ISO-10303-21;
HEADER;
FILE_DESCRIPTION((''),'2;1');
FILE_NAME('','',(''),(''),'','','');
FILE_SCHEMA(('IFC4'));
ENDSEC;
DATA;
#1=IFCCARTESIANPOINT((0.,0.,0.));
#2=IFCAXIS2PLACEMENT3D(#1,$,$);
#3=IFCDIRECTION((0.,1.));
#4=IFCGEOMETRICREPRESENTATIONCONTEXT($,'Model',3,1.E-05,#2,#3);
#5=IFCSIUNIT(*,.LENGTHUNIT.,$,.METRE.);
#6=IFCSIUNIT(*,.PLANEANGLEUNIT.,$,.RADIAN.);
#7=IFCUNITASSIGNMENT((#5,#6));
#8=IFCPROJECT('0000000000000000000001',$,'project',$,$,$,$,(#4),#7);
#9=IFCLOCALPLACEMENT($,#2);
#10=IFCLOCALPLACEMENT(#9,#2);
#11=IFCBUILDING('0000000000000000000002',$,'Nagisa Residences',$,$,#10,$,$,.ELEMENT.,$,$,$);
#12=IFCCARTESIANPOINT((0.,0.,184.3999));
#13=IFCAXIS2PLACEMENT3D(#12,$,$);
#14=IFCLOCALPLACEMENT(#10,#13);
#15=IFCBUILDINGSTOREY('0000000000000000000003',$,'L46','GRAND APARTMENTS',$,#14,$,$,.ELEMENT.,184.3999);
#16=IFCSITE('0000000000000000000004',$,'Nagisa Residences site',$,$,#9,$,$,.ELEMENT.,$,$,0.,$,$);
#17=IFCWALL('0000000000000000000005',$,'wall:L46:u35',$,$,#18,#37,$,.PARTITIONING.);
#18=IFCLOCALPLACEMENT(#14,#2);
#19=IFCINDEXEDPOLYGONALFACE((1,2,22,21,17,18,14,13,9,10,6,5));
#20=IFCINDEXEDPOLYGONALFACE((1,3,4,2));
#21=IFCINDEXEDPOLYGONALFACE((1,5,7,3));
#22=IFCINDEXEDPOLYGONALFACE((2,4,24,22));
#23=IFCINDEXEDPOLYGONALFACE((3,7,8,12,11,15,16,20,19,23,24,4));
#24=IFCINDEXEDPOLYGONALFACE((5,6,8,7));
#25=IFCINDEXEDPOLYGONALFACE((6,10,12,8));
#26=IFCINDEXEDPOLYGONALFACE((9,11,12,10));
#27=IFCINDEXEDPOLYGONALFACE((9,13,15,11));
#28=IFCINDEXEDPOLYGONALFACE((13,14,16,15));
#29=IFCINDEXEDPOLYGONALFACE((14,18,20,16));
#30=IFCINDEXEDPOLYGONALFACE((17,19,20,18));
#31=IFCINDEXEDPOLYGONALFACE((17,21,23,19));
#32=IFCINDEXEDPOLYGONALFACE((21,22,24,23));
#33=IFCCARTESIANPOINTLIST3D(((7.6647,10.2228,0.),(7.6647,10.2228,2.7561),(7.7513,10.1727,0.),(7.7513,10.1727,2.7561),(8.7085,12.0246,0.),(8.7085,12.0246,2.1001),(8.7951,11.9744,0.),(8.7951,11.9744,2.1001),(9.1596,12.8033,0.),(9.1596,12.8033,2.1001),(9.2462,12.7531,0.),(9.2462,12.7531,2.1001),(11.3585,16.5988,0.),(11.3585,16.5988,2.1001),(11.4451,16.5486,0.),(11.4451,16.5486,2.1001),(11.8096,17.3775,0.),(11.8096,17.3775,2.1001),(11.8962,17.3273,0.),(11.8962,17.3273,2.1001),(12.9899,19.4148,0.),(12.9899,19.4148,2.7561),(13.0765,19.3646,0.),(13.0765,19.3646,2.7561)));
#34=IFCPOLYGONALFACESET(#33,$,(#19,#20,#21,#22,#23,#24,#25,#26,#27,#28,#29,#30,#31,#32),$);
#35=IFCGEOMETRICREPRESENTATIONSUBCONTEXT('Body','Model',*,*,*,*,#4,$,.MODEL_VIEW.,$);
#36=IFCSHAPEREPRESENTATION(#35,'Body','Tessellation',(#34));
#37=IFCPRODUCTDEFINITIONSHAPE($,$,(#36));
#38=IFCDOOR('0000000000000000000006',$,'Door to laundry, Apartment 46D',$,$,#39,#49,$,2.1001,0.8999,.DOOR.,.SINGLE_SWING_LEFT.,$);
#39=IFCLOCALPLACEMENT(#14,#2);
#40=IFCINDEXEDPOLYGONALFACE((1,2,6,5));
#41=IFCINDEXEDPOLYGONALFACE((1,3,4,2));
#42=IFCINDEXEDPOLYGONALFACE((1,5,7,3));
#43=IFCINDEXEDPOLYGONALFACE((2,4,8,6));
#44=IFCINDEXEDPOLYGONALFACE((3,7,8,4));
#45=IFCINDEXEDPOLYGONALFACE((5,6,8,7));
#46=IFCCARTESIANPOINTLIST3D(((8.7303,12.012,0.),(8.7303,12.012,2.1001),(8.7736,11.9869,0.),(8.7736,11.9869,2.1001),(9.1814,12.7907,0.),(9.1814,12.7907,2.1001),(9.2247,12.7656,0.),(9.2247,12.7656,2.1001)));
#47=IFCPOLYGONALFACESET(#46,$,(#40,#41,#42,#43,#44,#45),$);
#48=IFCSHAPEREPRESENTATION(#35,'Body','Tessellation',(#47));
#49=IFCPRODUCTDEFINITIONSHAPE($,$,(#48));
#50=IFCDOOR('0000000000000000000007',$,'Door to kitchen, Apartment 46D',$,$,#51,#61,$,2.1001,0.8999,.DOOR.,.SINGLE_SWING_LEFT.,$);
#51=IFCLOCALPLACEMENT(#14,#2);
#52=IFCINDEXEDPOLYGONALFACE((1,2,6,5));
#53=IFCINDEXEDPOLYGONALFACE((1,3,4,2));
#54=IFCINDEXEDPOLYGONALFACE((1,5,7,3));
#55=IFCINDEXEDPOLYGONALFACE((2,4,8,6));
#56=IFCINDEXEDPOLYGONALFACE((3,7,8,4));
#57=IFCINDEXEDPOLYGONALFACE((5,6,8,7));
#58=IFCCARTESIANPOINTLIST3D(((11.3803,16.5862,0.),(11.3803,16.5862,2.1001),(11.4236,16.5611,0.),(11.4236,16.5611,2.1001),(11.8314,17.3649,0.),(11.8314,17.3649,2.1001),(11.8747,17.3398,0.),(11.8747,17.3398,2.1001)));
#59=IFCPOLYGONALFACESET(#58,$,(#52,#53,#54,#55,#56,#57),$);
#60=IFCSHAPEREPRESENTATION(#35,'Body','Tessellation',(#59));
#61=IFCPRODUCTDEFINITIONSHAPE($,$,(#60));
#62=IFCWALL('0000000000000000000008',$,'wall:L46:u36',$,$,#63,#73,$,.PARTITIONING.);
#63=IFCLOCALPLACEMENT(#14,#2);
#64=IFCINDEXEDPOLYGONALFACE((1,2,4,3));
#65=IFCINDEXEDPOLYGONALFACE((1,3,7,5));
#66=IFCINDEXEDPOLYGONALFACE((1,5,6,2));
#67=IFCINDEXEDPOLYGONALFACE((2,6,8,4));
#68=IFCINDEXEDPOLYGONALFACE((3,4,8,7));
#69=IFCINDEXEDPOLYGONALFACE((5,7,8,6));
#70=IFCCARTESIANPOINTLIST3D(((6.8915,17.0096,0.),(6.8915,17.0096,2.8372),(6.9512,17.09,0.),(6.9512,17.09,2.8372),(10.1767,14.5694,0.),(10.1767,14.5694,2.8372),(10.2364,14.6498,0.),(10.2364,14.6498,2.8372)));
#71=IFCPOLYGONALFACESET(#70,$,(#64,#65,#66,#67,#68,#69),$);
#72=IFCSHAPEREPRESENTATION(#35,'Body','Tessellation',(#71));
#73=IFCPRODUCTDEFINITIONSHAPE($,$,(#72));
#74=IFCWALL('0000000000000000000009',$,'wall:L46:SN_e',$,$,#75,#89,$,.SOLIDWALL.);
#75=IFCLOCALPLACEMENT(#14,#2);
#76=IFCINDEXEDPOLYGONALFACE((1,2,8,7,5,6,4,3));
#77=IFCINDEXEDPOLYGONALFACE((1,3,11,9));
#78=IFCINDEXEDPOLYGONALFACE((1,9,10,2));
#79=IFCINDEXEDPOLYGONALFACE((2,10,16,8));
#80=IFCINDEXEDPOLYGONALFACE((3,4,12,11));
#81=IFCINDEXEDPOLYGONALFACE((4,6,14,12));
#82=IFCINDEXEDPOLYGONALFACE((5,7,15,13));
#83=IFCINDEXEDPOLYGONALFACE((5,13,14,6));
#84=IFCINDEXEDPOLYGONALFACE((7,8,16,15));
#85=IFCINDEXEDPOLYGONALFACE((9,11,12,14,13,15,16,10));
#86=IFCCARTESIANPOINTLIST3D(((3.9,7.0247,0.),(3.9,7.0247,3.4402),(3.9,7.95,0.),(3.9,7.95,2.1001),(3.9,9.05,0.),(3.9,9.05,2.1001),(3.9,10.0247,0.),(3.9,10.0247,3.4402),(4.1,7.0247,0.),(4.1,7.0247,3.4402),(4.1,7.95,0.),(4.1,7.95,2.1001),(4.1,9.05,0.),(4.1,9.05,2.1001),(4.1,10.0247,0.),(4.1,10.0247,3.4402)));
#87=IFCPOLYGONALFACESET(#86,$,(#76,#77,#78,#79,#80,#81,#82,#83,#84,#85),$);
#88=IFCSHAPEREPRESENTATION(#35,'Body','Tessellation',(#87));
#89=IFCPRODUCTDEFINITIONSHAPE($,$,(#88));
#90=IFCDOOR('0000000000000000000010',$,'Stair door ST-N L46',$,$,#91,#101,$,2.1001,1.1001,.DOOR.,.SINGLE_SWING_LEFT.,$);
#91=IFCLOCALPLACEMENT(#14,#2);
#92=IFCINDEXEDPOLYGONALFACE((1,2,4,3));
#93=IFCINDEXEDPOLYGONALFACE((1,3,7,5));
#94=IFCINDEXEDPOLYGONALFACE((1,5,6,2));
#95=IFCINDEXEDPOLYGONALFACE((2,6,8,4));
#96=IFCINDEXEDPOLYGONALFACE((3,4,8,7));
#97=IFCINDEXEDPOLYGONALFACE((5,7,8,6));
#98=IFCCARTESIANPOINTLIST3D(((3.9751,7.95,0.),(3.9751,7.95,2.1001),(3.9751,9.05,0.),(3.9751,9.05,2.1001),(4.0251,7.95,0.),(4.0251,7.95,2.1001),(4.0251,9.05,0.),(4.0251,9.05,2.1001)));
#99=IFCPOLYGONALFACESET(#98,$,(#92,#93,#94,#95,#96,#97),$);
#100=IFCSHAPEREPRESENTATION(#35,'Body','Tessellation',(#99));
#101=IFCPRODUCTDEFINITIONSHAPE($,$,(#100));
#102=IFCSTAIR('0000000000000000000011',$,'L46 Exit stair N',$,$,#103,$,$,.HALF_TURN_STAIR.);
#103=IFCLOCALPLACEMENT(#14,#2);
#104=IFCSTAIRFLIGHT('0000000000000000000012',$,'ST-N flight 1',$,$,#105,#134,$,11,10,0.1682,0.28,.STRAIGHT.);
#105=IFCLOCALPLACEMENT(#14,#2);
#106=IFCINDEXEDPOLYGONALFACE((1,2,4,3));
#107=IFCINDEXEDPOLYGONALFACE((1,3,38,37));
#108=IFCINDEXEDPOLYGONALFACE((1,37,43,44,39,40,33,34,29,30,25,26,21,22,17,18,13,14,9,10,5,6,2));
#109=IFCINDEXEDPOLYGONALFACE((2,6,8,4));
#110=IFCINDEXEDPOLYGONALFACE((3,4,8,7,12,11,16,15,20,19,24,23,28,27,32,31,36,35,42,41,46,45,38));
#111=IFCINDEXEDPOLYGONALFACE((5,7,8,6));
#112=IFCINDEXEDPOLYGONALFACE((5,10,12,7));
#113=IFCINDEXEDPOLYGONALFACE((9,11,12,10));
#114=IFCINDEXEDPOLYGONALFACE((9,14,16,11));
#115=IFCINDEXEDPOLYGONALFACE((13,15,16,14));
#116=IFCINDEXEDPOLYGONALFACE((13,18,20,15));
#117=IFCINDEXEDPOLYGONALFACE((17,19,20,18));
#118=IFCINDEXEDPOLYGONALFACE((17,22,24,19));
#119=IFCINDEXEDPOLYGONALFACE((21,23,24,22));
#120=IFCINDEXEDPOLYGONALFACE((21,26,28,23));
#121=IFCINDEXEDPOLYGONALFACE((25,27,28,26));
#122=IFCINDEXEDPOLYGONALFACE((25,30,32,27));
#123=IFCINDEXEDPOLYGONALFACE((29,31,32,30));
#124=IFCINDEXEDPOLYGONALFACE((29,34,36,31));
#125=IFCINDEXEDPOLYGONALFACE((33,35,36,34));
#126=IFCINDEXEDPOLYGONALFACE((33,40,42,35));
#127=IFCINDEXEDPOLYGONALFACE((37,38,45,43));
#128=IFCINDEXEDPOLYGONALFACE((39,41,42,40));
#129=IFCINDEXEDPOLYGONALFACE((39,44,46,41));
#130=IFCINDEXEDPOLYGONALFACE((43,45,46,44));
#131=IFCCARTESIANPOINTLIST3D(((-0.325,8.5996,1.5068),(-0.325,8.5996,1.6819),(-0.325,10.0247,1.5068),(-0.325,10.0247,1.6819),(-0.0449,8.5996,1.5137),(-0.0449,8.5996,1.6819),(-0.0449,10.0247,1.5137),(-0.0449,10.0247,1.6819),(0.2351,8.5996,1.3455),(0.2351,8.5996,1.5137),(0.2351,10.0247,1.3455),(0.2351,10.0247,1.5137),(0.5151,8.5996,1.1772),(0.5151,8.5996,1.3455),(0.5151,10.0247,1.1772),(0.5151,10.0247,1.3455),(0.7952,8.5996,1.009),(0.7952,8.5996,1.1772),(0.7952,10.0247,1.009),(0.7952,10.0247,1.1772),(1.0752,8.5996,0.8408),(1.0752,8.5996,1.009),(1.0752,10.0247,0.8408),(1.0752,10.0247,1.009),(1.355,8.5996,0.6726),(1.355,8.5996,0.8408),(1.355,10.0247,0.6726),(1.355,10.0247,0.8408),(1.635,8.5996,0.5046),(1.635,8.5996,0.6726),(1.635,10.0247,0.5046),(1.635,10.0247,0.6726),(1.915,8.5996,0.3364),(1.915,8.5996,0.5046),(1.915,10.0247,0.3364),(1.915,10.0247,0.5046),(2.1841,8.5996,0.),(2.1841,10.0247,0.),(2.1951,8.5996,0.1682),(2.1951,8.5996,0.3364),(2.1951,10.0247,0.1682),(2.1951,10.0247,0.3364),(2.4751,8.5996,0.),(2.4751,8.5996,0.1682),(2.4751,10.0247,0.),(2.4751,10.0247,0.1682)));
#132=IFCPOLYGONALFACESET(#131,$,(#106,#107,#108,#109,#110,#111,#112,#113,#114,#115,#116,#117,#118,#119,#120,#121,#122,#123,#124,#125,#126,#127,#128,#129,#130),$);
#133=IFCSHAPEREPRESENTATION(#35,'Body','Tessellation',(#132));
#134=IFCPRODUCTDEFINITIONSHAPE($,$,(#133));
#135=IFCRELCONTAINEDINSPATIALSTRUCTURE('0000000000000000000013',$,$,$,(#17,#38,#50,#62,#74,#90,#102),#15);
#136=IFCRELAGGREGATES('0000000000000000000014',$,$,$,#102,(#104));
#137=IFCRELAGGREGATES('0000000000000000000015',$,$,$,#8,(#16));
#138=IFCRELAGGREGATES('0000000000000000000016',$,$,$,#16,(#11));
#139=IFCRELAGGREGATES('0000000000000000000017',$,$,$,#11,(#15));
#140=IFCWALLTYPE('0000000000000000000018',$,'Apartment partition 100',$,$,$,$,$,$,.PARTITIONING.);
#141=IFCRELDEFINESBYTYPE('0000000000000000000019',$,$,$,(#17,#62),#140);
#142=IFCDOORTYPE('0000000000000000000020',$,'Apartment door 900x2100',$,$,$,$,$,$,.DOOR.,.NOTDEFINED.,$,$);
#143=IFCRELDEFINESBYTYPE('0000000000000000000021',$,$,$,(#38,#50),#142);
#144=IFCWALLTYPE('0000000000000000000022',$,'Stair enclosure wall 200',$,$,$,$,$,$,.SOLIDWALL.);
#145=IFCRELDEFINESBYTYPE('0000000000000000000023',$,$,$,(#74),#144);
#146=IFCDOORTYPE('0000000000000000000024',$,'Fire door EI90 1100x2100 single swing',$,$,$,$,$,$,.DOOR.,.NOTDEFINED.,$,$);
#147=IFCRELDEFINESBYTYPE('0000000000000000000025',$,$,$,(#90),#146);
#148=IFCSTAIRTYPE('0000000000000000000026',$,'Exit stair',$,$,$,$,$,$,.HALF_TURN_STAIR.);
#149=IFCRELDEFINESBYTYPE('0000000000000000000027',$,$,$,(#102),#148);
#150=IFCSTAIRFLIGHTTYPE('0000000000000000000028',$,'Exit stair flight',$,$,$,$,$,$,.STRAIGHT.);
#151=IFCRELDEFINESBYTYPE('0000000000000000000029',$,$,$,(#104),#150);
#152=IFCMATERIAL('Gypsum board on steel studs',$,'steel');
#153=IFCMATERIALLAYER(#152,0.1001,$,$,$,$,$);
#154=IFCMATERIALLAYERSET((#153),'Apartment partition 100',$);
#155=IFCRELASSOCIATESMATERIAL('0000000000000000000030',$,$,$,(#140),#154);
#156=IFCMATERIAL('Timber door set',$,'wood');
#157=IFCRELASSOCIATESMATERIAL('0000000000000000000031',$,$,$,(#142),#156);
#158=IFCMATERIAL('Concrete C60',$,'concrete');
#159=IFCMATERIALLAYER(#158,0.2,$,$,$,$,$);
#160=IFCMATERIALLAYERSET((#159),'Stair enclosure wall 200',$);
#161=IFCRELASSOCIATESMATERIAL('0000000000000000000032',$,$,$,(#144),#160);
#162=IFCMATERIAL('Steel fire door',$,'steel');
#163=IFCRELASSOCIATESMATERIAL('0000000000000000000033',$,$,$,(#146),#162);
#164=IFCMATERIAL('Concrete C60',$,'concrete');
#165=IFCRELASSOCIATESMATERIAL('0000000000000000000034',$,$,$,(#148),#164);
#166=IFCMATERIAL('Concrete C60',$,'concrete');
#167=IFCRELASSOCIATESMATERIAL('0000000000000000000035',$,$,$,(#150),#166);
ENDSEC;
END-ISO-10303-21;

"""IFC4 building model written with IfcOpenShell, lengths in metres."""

from ifc_helpers import new_model, si_unit, direction, frame, frame_2d, origin, place, context, subcontext, project, spatial, polyline, rectangle, outline, extrude, material, layer, layer_set, type_object, element, fill, aggregate, save


model = new_model("IFC4")

# Units and contexts
model_context = context("Model", 3, precision=1e-05, world=origin(), true_north=direction((0.0, 1.0)))
body_context = subcontext(model_context, "Body", "Model", "MODEL_VIEW")
ifc_project = project(units=[si_unit("LENGTHUNIT", "METRE"), si_unit("PLANEANGLEUNIT", "RADIAN")], contexts=[model_context])

# Site, building, storey
site_placement = place(None, origin())
site = spatial("IfcSite", under=ifc_project, at=site_placement, Name="Nagisa Residences site", CompositionType="ELEMENT", RefElevation=0.0)
building_placement = place(site_placement, origin())
building = spatial("IfcBuilding", under=site, at=building_placement, Name="Nagisa Residences", CompositionType="ELEMENT")
storey_placement = place(building_placement, frame((0.0, 0.0, 184.3999)))
storey = spatial("IfcBuildingStorey", under=building, at=storey_placement, Name="L46", Description="GRAND APARTMENTS", CompositionType="ELEMENT", Elevation=184.3999)

# Wall, openings, doors
ifc_material_1 = material(Name="Gypsum board on steel studs", Category="steel")
ifc_layer_1 = layer(ifc_material_1, 0.1001)
ifc_layer_set_1 = layer_set([ifc_layer_1], Name="Apartment partition 100")
wall_type_1 = type_object("IfcWallType", Name="Apartment partition 100", PredefinedType="PARTITIONING", material=ifc_layer_set_1)
ifc_material_2 = material(Name="Timber door set", Category="wood")
door_type_1 = type_object("IfcDoorType", Name="Apartment door 900x2100", OperationType="NOTDEFINED", PredefinedType="DOOR", material=ifc_material_2)
wall_1_placement = place(storey_placement, frame((7.708, 10.1978, 0.0), z_axis=(0.0, 0.0, 1.0), x_axis=(0.501288, 0.86528, 0.0)))
wall_1 = element("IfcWall", 1, at=wall_1_placement, inside=storey, type_object=wall_type_1, Name="wall:L46:u35", PredefinedType="PARTITIONING", context=body_context, shape_type="SweptSolid", body=[
    extrude(rectangle(XDim=10.623, YDim=0.1001, at=frame_2d((5.3115, 0.0))), origin(), (0.0, 0.0, 1.0), 2.7561),
])
opening_1_placement = place(wall_1_placement, frame((2.0823, 0.0, 0.0)))
opening_1 = element("IfcOpeningElement", 2, at=opening_1_placement, cuts=wall_1, PredefinedType="OPENING", context=body_context, shape_type="SweptSolid", body=[
    extrude(rectangle(XDim=0.8999, YDim=2.1001, at=frame_2d((0.45, 1.05))), frame((0.0, 0.0601, 0.0), z_axis=(0.0, -1.0, 0.0), x_axis=(1.0, 0.0, 0.0)), (0.0, 0.0, 1.0), 0.1201),
])
opening_2_placement = place(wall_1_placement, frame((7.3687, 0.0, 0.0)))
opening_2 = element("IfcOpeningElement", 3, at=opening_2_placement, cuts=wall_1, PredefinedType="OPENING", context=body_context, shape_type="SweptSolid", body=[
    extrude(rectangle(XDim=0.8999, YDim=2.1001, at=frame_2d((0.45, 1.05))), frame((0.0, 0.0601, 0.0), z_axis=(0.0, -1.0, 0.0), x_axis=(1.0, 0.0, 0.0)), (0.0, 0.0, 1.0), 0.1201),
])
door_1_placement = place(opening_1_placement, origin())
door_1 = element("IfcDoor", 4, at=door_1_placement, inside=storey, type_object=door_type_1, Name="Door to laundry, Apartment 46D", OperationType="SINGLE_SWING_LEFT", OverallHeight=2.1001, OverallWidth=0.8999, PredefinedType="DOOR", context=body_context, shape_type="SweptSolid", body=[
    extrude(rectangle(XDim=0.8999, YDim=2.1001, at=frame_2d((0.45, 1.05))), frame((0.0, 0.0249, 0.0), z_axis=(0.0, -1.0, 0.0), x_axis=(1.0, 0.0, 0.0)), (0.0, 0.0, 1.0), 0.05),
])
fill(opening_1, door_1)
door_2_placement = place(opening_2_placement, origin())
door_2 = element("IfcDoor", 5, at=door_2_placement, inside=storey, type_object=door_type_1, Name="Door to kitchen, Apartment 46D", OperationType="SINGLE_SWING_LEFT", OverallHeight=2.1001, OverallWidth=0.8999, PredefinedType="DOOR", context=body_context, shape_type="SweptSolid", body=[
    extrude(rectangle(XDim=0.8999, YDim=2.1001, at=frame_2d((0.45, 1.05))), frame((0.0, 0.0249, 0.0), z_axis=(0.0, -1.0, 0.0), x_axis=(1.0, 0.0, 0.0)), (0.0, 0.0, 1.0), 0.05),
])
fill(opening_2, door_2)

# Wall
wall_2_placement = place(storey_placement, frame((10.2065, 14.6096, 0.0), z_axis=(0.0, 0.0, 1.0), x_axis=(-0.802769, 0.59629, 0.0)))
element("IfcWall", 6, at=wall_2_placement, inside=storey, type_object=wall_type_1, Name="wall:L46:u36", PredefinedType="PARTITIONING", context=body_context, shape_type="SweptSolid", body=[
    extrude(rectangle(XDim=4.0923, YDim=0.1001, at=frame_2d((2.0461, 0.0))), origin(), (0.0, 0.0, 1.0), 2.8372),
])

# Wall, opening, door
ifc_material_3 = material(Name="Concrete C60", Category="concrete")
ifc_layer_2 = layer(ifc_material_3, 0.2)
ifc_layer_set_2 = layer_set([ifc_layer_2], Name="Stair enclosure wall 200")
wall_type_2 = type_object("IfcWallType", Name="Stair enclosure wall 200", PredefinedType="SOLIDWALL", material=ifc_layer_set_2)
wall_3_placement = place(storey_placement, frame((4.0, 7.0247, 0.0), z_axis=(0.0, 0.0, 1.0), x_axis=(0.0, 1.0, 0.0)))
wall_3 = element("IfcWall", 7, at=wall_3_placement, inside=storey, type_object=wall_type_2, Name="wall:L46:SN_e", PredefinedType="SOLIDWALL", context=body_context, shape_type="SweptSolid", body=[
    extrude(rectangle(XDim=3.0, YDim=0.2, at=frame_2d((1.5, 0.0))), origin(), (0.0, 0.0, 1.0), 3.4402),
])
opening_3_placement = place(wall_3_placement, frame((0.9253, 0.0, 0.0)))
opening_3 = element("IfcOpeningElement", 8, at=opening_3_placement, cuts=wall_3, PredefinedType="OPENING", context=body_context, shape_type="SweptSolid", body=[
    extrude(rectangle(XDim=1.1001, YDim=2.1001, at=frame_2d((0.55, 1.05))), frame((0.0, 0.1099, 0.0), z_axis=(0.0, -1.0, 0.0), x_axis=(1.0, 0.0, 0.0)), (0.0, 0.0, 1.0), 0.22),
])
ifc_material_4 = material(Name="Steel fire door", Category="steel")
door_type_2 = type_object("IfcDoorType", Name="Fire door EI90 1100x2100 single swing", OperationType="NOTDEFINED", PredefinedType="DOOR", material=ifc_material_4)
door_3_placement = place(opening_3_placement, origin())
door_3 = element("IfcDoor", 9, at=door_3_placement, inside=storey, type_object=door_type_2, Name="Stair door ST-N L46", OperationType="SINGLE_SWING_LEFT", OverallHeight=2.1001, OverallWidth=1.1001, PredefinedType="DOOR", context=body_context, shape_type="SweptSolid", body=[
    extrude(rectangle(XDim=1.1001, YDim=2.1001, at=frame_2d((0.55, 1.05))), frame((0.0, 0.0249, 0.0), z_axis=(0.0, -1.0, 0.0), x_axis=(1.0, 0.0, 0.0)), (0.0, 0.0, 1.0), 0.05),
])
fill(opening_3, door_3)

# Stair, stair flight
ifc_material_5 = material(Name="Concrete C60", Category="concrete")
stair_type = type_object("IfcStairType", Name="Exit stair", PredefinedType="HALF_TURN_STAIR", material=ifc_material_5)
stair_placement = place(storey_placement, origin())
stair = element("IfcStair", 10, at=stair_placement, inside=storey, type_object=stair_type, Name="L46 Exit stair N", PredefinedType="HALF_TURN_STAIR")
ifc_material_6 = material(Name="Concrete C60", Category="concrete")
stair_flight_type = type_object("IfcStairFlightType", Name="Exit stair flight", PredefinedType="STRAIGHT", material=ifc_material_6)
stair_flight_placement = place(storey_placement, frame((2.4751, 9.312, 0.0), z_axis=(0.0, 0.0, 1.0), x_axis=(-1.0, 0.0, 0.0)))
stair_flight = element("IfcStairFlight", 11, at=stair_flight_placement, type_object=stair_flight_type, Name="ST-N flight 1", NumberOfRisers=11, NumberOfTreads=10, PredefinedType="STRAIGHT", RiserHeight=0.1682, TreadLength=0.28, context=body_context, shape_type="SweptSolid", body=[
    extrude(outline(polyline([(0.0, 0.0), (0.0, 0.1682), (0.28, 0.1682), (0.28, 0.3364), (0.5601, 0.3364), (0.5601, 0.5046), (0.8401, 0.5046), (0.8401, 0.6726), (1.1201, 0.6726), (1.1201, 0.8408), (1.3999, 0.8408), (1.3999, 1.009), (1.6799, 1.009), (1.6799, 1.1772), (1.96, 1.1772), (1.96, 1.3455), (2.24, 1.3455), (2.24, 1.5137), (2.52, 1.5137), (2.52, 1.6819), (2.8, 1.6819), (2.8, 1.8501), (2.8, 1.5068), (0.291, 0.0), (0.0, 0.0)])), frame((0.0, 0.7124, 0.0), z_axis=(0.0, -1.0, 0.0), x_axis=(1.0, 0.0, 0.0)), (0.0, 0.0, 1.0), 1.425),
])
aggregate(stair, [stair_flight])

save(model, "model.ifc")
